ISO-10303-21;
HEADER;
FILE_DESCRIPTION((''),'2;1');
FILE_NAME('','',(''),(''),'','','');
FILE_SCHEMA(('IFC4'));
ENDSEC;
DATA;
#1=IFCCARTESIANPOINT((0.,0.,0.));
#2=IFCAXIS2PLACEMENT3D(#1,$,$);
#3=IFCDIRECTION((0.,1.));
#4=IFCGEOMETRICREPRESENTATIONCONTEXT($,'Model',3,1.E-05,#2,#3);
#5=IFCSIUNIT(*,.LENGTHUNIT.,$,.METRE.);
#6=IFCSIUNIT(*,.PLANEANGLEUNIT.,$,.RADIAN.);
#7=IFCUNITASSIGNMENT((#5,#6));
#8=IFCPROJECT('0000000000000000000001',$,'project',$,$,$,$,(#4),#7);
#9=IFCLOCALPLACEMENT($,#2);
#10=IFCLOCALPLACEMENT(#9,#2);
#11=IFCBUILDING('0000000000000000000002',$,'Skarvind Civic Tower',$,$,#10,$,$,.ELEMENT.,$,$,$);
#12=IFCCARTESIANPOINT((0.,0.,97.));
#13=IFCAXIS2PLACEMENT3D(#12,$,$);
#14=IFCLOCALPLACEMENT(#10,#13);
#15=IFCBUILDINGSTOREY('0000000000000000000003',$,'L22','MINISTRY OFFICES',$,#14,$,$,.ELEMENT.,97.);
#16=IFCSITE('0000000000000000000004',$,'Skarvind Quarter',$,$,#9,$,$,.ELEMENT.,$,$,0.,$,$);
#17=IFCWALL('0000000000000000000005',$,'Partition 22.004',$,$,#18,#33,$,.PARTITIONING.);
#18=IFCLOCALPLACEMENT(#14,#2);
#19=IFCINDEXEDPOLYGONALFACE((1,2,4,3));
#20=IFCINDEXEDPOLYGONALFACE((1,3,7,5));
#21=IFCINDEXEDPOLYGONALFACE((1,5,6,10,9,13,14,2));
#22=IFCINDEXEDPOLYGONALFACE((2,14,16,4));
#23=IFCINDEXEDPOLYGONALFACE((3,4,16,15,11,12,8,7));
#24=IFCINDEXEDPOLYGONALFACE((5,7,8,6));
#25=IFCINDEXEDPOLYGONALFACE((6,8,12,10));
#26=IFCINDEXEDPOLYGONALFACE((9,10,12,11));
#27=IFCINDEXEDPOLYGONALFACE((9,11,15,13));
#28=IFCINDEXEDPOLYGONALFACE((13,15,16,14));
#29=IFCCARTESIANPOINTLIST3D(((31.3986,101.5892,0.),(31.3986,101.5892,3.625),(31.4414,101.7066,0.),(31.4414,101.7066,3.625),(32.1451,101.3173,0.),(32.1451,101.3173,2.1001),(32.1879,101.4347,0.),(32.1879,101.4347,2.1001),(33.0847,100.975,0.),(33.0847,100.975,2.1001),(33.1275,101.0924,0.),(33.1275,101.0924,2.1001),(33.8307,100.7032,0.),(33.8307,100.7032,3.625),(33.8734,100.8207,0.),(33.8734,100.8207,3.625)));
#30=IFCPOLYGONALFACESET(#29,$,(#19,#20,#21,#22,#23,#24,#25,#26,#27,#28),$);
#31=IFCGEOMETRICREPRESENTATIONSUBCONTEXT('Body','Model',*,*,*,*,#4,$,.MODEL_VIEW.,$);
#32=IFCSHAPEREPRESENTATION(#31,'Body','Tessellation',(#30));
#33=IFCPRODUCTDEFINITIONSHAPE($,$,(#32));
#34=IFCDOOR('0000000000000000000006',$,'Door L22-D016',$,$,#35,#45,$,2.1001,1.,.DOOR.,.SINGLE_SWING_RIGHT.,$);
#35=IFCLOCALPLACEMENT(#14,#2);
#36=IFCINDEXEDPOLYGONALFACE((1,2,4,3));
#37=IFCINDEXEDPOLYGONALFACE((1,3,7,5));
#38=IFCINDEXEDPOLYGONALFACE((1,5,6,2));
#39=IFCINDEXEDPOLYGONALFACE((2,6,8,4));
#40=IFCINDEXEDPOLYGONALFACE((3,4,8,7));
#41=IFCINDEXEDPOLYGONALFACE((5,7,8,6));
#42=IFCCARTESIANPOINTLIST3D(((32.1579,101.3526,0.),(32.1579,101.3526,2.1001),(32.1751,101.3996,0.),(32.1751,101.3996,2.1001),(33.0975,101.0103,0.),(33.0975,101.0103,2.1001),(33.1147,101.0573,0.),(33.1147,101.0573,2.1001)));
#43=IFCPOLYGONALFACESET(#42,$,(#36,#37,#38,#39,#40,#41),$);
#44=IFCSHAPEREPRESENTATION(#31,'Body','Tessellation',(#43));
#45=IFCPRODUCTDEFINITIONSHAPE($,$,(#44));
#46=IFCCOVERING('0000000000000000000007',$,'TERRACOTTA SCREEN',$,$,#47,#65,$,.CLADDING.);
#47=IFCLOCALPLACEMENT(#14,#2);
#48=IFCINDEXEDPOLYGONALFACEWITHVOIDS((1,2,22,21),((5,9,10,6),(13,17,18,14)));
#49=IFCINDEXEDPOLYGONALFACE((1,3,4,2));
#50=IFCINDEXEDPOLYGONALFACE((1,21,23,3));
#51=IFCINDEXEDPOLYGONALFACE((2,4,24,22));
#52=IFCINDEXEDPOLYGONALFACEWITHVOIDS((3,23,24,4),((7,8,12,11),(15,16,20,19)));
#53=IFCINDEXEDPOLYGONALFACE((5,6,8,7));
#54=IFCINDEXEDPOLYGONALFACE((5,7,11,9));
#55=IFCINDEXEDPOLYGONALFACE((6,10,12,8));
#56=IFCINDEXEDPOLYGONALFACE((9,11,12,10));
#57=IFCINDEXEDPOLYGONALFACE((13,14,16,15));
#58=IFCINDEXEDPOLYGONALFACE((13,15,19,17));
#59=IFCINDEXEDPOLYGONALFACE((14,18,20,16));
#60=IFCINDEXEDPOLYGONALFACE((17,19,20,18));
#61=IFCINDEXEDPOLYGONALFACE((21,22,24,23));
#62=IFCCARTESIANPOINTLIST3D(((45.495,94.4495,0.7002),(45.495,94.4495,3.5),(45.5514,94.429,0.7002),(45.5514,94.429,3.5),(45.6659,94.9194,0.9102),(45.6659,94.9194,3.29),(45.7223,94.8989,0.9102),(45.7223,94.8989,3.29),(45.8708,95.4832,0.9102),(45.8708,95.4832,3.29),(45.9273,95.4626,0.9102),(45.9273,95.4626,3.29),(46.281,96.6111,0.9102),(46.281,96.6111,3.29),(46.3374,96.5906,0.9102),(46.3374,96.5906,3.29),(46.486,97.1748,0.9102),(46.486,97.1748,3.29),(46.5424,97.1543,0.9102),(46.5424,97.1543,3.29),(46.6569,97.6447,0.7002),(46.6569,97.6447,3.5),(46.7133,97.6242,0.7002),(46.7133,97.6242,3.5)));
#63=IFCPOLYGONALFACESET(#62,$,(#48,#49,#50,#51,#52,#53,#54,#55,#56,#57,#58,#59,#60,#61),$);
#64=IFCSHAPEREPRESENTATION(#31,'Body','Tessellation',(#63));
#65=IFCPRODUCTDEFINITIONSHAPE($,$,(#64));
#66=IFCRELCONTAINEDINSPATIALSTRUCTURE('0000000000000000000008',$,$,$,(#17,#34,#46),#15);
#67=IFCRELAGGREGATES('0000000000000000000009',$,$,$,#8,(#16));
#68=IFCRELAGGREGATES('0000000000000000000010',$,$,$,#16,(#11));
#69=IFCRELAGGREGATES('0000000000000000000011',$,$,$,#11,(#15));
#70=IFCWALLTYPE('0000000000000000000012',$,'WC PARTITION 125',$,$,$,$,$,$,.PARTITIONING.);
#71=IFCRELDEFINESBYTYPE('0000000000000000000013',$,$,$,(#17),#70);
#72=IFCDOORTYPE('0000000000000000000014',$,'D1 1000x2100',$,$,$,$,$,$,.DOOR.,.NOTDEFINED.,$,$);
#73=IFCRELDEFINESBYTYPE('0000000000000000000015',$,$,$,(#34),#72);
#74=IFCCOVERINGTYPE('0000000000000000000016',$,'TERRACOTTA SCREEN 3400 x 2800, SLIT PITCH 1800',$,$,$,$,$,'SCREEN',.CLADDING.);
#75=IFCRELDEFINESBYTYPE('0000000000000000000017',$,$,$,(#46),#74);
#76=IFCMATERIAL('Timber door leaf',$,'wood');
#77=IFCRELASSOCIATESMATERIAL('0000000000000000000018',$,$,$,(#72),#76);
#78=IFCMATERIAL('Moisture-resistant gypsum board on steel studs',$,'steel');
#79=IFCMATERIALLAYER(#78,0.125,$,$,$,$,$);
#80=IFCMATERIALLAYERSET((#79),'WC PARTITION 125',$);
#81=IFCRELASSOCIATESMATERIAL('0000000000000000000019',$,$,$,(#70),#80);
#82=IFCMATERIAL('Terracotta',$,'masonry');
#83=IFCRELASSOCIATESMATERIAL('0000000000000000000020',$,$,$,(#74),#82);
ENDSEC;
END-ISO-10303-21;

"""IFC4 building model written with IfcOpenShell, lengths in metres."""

from ifc_helpers import new_model, si_unit, direction, frame, frame_2d, origin, place, context, subcontext, project, spatial, polyline, rectangle, outline, extrude, material, layer, layer_set, material_profile, profile_set, type_object, element, fill, save


model = new_model("IFC4")

# Units and contexts
model_context = context("Model", 3, precision=1e-05, world=origin(), true_north=direction((0.0, 1.0)))
body_context = subcontext(model_context, "Body", "Model", "MODEL_VIEW")
ifc_project = project(units=[si_unit("LENGTHUNIT", "METRE"), si_unit("PLANEANGLEUNIT", "RADIAN")], contexts=[model_context])

# Site, building, storey
site_placement = place(None, origin())
site = spatial("IfcSite", under=ifc_project, at=site_placement, Name="Skarvind Quarter", CompositionType="ELEMENT", RefElevation=0.0)
building_placement = place(site_placement, origin())
building = spatial("IfcBuilding", under=site, at=building_placement, Name="Skarvind Civic Tower", CompositionType="ELEMENT")
storey_placement = place(building_placement, frame((0.0, 0.0, 97.0)))
storey = spatial("IfcBuildingStorey", under=building, at=storey_placement, Name="L22", Description="MINISTRY OFFICES", CompositionType="ELEMENT", Elevation=97.0)

# Shared definitions
ifc_material_1 = material(Name="Timber door leaf", Category="wood")
door_type_1 = type_object("IfcDoorType", Name="D1 1000x2100", OperationType="NOTDEFINED", PredefinedType="DOOR", material=ifc_material_1)

# Wall, opening, door
ifc_material_2 = material(Name="Moisture-resistant gypsum board on steel studs", Category="steel")
ifc_layer_1 = layer(ifc_material_2, 0.125)
ifc_layer_set_1 = layer_set([ifc_layer_1], Name="WC PARTITION 125")
wall_type_1 = type_object("IfcWallType", Name="WC PARTITION 125", PredefinedType="PARTITIONING", material=ifc_layer_set_1)
wall_1_placement = place(storey_placement, frame((33.8521, 100.762, 0.0), z_axis=(0.0, 0.0, 1.0), x_axis=(-0.939598, 0.342281, 0.0)))
wall_1 = element("IfcWall", 1, at=wall_1_placement, inside=storey, type_object=wall_type_1, Name="Partition 22.004", PredefinedType="PARTITIONING", context=body_context, shape_type="SweptSolid", body=[
    extrude(rectangle(XDim=2.5884, YDim=0.125, at=frame_2d((1.2942, 0.0))), origin(), (0.0, 0.0, 1.0), 3.625),
])
opening_1_placement = place(wall_1_placement, frame((0.7939, 0.0, 0.0)))
opening_1 = element("IfcOpeningElement", 2, at=opening_1_placement, cuts=wall_1, PredefinedType="OPENING", context=body_context, shape_type="SweptSolid", body=[
    extrude(rectangle(XDim=1.0, YDim=2.1001, at=frame_2d((0.5, 1.05))), frame((0.0, 0.0725, 0.0), z_axis=(0.0, -1.0, 0.0), x_axis=(1.0, 0.0, 0.0)), (0.0, 0.0, 1.0), 0.145),
])
door_1_placement = place(opening_1_placement, origin())
door_1 = element("IfcDoor", 3, at=door_1_placement, inside=storey, type_object=door_type_1, Name="Door L22-D016", OperationType="SINGLE_SWING_RIGHT", OverallHeight=2.1001, OverallWidth=1.0, PredefinedType="DOOR", context=body_context, shape_type="SweptSolid", body=[
    extrude(rectangle(XDim=1.0, YDim=2.1001, at=frame_2d((0.5, 1.05))), frame((0.0, 0.0249, 0.0), z_axis=(0.0, -1.0, 0.0), x_axis=(1.0, 0.0, 0.0)), (0.0, 0.0, 1.0), 0.05),
])
fill(opening_1, door_1)

# Covering
ifc_material_3 = material(Name="Terracotta", Category="masonry")
ifc_material_profile_1 = material_profile(ifc_material_3, outline(polyline([(-1.7, -1.3999), (1.7, -1.3999), (1.7, 1.3999), (-1.7, 1.3999), (-1.7, -1.3999)]), holes=[polyline([(-1.2, -1.1899), (-0.6001, -1.1899), (-0.6001, 1.1899), (-1.2, 1.1899), (-1.2, -1.1899)]), polyline([(0.6001, -1.1899), (1.2, -1.1899), (1.2, 1.1899), (0.6001, 1.1899), (0.6001, -1.1899)])]), Name="TERRACOTTA SCREEN 3400 x 2800, SLIT PITCH 1800")
ifc_profile_set_1 = profile_set([ifc_material_profile_1], Name="Terracotta")
covering_type = type_object("IfcCoveringType", Name="TERRACOTTA SCREEN 3400 x 2800, SLIT PITCH 1800", ElementType="SCREEN", PredefinedType="CLADDING", material=ifc_profile_set_1)
covering_placement = place(storey_placement, frame((46.0759, 96.0471, 2.1001), z_axis=(0.939793, -0.341743, 0.0), x_axis=(0.341743, 0.939793, 0.0)))
element("IfcCovering", 4, at=covering_placement, inside=storey, type_object=covering_type, Name="TERRACOTTA SCREEN", PredefinedType="CLADDING", context=body_context, shape_type="SweptSolid", body=[
    extrude(outline(polyline([(-1.7, -1.3999), (1.7, -1.3999), (1.7, 1.3999), (-1.7, 1.3999), (-1.7, -1.3999)]), holes=[polyline([(-1.2, -1.1899), (-0.6001, -1.1899), (-0.6001, 1.1899), (-1.2, 1.1899), (-1.2, -1.1899)]), polyline([(0.6001, -1.1899), (1.2, -1.1899), (1.2, 1.1899), (0.6001, 1.1899), (0.6001, -1.1899)])]), origin(), (0.0, 0.0, 1.0), 0.0601),
])

save(model, "model.ifc")
